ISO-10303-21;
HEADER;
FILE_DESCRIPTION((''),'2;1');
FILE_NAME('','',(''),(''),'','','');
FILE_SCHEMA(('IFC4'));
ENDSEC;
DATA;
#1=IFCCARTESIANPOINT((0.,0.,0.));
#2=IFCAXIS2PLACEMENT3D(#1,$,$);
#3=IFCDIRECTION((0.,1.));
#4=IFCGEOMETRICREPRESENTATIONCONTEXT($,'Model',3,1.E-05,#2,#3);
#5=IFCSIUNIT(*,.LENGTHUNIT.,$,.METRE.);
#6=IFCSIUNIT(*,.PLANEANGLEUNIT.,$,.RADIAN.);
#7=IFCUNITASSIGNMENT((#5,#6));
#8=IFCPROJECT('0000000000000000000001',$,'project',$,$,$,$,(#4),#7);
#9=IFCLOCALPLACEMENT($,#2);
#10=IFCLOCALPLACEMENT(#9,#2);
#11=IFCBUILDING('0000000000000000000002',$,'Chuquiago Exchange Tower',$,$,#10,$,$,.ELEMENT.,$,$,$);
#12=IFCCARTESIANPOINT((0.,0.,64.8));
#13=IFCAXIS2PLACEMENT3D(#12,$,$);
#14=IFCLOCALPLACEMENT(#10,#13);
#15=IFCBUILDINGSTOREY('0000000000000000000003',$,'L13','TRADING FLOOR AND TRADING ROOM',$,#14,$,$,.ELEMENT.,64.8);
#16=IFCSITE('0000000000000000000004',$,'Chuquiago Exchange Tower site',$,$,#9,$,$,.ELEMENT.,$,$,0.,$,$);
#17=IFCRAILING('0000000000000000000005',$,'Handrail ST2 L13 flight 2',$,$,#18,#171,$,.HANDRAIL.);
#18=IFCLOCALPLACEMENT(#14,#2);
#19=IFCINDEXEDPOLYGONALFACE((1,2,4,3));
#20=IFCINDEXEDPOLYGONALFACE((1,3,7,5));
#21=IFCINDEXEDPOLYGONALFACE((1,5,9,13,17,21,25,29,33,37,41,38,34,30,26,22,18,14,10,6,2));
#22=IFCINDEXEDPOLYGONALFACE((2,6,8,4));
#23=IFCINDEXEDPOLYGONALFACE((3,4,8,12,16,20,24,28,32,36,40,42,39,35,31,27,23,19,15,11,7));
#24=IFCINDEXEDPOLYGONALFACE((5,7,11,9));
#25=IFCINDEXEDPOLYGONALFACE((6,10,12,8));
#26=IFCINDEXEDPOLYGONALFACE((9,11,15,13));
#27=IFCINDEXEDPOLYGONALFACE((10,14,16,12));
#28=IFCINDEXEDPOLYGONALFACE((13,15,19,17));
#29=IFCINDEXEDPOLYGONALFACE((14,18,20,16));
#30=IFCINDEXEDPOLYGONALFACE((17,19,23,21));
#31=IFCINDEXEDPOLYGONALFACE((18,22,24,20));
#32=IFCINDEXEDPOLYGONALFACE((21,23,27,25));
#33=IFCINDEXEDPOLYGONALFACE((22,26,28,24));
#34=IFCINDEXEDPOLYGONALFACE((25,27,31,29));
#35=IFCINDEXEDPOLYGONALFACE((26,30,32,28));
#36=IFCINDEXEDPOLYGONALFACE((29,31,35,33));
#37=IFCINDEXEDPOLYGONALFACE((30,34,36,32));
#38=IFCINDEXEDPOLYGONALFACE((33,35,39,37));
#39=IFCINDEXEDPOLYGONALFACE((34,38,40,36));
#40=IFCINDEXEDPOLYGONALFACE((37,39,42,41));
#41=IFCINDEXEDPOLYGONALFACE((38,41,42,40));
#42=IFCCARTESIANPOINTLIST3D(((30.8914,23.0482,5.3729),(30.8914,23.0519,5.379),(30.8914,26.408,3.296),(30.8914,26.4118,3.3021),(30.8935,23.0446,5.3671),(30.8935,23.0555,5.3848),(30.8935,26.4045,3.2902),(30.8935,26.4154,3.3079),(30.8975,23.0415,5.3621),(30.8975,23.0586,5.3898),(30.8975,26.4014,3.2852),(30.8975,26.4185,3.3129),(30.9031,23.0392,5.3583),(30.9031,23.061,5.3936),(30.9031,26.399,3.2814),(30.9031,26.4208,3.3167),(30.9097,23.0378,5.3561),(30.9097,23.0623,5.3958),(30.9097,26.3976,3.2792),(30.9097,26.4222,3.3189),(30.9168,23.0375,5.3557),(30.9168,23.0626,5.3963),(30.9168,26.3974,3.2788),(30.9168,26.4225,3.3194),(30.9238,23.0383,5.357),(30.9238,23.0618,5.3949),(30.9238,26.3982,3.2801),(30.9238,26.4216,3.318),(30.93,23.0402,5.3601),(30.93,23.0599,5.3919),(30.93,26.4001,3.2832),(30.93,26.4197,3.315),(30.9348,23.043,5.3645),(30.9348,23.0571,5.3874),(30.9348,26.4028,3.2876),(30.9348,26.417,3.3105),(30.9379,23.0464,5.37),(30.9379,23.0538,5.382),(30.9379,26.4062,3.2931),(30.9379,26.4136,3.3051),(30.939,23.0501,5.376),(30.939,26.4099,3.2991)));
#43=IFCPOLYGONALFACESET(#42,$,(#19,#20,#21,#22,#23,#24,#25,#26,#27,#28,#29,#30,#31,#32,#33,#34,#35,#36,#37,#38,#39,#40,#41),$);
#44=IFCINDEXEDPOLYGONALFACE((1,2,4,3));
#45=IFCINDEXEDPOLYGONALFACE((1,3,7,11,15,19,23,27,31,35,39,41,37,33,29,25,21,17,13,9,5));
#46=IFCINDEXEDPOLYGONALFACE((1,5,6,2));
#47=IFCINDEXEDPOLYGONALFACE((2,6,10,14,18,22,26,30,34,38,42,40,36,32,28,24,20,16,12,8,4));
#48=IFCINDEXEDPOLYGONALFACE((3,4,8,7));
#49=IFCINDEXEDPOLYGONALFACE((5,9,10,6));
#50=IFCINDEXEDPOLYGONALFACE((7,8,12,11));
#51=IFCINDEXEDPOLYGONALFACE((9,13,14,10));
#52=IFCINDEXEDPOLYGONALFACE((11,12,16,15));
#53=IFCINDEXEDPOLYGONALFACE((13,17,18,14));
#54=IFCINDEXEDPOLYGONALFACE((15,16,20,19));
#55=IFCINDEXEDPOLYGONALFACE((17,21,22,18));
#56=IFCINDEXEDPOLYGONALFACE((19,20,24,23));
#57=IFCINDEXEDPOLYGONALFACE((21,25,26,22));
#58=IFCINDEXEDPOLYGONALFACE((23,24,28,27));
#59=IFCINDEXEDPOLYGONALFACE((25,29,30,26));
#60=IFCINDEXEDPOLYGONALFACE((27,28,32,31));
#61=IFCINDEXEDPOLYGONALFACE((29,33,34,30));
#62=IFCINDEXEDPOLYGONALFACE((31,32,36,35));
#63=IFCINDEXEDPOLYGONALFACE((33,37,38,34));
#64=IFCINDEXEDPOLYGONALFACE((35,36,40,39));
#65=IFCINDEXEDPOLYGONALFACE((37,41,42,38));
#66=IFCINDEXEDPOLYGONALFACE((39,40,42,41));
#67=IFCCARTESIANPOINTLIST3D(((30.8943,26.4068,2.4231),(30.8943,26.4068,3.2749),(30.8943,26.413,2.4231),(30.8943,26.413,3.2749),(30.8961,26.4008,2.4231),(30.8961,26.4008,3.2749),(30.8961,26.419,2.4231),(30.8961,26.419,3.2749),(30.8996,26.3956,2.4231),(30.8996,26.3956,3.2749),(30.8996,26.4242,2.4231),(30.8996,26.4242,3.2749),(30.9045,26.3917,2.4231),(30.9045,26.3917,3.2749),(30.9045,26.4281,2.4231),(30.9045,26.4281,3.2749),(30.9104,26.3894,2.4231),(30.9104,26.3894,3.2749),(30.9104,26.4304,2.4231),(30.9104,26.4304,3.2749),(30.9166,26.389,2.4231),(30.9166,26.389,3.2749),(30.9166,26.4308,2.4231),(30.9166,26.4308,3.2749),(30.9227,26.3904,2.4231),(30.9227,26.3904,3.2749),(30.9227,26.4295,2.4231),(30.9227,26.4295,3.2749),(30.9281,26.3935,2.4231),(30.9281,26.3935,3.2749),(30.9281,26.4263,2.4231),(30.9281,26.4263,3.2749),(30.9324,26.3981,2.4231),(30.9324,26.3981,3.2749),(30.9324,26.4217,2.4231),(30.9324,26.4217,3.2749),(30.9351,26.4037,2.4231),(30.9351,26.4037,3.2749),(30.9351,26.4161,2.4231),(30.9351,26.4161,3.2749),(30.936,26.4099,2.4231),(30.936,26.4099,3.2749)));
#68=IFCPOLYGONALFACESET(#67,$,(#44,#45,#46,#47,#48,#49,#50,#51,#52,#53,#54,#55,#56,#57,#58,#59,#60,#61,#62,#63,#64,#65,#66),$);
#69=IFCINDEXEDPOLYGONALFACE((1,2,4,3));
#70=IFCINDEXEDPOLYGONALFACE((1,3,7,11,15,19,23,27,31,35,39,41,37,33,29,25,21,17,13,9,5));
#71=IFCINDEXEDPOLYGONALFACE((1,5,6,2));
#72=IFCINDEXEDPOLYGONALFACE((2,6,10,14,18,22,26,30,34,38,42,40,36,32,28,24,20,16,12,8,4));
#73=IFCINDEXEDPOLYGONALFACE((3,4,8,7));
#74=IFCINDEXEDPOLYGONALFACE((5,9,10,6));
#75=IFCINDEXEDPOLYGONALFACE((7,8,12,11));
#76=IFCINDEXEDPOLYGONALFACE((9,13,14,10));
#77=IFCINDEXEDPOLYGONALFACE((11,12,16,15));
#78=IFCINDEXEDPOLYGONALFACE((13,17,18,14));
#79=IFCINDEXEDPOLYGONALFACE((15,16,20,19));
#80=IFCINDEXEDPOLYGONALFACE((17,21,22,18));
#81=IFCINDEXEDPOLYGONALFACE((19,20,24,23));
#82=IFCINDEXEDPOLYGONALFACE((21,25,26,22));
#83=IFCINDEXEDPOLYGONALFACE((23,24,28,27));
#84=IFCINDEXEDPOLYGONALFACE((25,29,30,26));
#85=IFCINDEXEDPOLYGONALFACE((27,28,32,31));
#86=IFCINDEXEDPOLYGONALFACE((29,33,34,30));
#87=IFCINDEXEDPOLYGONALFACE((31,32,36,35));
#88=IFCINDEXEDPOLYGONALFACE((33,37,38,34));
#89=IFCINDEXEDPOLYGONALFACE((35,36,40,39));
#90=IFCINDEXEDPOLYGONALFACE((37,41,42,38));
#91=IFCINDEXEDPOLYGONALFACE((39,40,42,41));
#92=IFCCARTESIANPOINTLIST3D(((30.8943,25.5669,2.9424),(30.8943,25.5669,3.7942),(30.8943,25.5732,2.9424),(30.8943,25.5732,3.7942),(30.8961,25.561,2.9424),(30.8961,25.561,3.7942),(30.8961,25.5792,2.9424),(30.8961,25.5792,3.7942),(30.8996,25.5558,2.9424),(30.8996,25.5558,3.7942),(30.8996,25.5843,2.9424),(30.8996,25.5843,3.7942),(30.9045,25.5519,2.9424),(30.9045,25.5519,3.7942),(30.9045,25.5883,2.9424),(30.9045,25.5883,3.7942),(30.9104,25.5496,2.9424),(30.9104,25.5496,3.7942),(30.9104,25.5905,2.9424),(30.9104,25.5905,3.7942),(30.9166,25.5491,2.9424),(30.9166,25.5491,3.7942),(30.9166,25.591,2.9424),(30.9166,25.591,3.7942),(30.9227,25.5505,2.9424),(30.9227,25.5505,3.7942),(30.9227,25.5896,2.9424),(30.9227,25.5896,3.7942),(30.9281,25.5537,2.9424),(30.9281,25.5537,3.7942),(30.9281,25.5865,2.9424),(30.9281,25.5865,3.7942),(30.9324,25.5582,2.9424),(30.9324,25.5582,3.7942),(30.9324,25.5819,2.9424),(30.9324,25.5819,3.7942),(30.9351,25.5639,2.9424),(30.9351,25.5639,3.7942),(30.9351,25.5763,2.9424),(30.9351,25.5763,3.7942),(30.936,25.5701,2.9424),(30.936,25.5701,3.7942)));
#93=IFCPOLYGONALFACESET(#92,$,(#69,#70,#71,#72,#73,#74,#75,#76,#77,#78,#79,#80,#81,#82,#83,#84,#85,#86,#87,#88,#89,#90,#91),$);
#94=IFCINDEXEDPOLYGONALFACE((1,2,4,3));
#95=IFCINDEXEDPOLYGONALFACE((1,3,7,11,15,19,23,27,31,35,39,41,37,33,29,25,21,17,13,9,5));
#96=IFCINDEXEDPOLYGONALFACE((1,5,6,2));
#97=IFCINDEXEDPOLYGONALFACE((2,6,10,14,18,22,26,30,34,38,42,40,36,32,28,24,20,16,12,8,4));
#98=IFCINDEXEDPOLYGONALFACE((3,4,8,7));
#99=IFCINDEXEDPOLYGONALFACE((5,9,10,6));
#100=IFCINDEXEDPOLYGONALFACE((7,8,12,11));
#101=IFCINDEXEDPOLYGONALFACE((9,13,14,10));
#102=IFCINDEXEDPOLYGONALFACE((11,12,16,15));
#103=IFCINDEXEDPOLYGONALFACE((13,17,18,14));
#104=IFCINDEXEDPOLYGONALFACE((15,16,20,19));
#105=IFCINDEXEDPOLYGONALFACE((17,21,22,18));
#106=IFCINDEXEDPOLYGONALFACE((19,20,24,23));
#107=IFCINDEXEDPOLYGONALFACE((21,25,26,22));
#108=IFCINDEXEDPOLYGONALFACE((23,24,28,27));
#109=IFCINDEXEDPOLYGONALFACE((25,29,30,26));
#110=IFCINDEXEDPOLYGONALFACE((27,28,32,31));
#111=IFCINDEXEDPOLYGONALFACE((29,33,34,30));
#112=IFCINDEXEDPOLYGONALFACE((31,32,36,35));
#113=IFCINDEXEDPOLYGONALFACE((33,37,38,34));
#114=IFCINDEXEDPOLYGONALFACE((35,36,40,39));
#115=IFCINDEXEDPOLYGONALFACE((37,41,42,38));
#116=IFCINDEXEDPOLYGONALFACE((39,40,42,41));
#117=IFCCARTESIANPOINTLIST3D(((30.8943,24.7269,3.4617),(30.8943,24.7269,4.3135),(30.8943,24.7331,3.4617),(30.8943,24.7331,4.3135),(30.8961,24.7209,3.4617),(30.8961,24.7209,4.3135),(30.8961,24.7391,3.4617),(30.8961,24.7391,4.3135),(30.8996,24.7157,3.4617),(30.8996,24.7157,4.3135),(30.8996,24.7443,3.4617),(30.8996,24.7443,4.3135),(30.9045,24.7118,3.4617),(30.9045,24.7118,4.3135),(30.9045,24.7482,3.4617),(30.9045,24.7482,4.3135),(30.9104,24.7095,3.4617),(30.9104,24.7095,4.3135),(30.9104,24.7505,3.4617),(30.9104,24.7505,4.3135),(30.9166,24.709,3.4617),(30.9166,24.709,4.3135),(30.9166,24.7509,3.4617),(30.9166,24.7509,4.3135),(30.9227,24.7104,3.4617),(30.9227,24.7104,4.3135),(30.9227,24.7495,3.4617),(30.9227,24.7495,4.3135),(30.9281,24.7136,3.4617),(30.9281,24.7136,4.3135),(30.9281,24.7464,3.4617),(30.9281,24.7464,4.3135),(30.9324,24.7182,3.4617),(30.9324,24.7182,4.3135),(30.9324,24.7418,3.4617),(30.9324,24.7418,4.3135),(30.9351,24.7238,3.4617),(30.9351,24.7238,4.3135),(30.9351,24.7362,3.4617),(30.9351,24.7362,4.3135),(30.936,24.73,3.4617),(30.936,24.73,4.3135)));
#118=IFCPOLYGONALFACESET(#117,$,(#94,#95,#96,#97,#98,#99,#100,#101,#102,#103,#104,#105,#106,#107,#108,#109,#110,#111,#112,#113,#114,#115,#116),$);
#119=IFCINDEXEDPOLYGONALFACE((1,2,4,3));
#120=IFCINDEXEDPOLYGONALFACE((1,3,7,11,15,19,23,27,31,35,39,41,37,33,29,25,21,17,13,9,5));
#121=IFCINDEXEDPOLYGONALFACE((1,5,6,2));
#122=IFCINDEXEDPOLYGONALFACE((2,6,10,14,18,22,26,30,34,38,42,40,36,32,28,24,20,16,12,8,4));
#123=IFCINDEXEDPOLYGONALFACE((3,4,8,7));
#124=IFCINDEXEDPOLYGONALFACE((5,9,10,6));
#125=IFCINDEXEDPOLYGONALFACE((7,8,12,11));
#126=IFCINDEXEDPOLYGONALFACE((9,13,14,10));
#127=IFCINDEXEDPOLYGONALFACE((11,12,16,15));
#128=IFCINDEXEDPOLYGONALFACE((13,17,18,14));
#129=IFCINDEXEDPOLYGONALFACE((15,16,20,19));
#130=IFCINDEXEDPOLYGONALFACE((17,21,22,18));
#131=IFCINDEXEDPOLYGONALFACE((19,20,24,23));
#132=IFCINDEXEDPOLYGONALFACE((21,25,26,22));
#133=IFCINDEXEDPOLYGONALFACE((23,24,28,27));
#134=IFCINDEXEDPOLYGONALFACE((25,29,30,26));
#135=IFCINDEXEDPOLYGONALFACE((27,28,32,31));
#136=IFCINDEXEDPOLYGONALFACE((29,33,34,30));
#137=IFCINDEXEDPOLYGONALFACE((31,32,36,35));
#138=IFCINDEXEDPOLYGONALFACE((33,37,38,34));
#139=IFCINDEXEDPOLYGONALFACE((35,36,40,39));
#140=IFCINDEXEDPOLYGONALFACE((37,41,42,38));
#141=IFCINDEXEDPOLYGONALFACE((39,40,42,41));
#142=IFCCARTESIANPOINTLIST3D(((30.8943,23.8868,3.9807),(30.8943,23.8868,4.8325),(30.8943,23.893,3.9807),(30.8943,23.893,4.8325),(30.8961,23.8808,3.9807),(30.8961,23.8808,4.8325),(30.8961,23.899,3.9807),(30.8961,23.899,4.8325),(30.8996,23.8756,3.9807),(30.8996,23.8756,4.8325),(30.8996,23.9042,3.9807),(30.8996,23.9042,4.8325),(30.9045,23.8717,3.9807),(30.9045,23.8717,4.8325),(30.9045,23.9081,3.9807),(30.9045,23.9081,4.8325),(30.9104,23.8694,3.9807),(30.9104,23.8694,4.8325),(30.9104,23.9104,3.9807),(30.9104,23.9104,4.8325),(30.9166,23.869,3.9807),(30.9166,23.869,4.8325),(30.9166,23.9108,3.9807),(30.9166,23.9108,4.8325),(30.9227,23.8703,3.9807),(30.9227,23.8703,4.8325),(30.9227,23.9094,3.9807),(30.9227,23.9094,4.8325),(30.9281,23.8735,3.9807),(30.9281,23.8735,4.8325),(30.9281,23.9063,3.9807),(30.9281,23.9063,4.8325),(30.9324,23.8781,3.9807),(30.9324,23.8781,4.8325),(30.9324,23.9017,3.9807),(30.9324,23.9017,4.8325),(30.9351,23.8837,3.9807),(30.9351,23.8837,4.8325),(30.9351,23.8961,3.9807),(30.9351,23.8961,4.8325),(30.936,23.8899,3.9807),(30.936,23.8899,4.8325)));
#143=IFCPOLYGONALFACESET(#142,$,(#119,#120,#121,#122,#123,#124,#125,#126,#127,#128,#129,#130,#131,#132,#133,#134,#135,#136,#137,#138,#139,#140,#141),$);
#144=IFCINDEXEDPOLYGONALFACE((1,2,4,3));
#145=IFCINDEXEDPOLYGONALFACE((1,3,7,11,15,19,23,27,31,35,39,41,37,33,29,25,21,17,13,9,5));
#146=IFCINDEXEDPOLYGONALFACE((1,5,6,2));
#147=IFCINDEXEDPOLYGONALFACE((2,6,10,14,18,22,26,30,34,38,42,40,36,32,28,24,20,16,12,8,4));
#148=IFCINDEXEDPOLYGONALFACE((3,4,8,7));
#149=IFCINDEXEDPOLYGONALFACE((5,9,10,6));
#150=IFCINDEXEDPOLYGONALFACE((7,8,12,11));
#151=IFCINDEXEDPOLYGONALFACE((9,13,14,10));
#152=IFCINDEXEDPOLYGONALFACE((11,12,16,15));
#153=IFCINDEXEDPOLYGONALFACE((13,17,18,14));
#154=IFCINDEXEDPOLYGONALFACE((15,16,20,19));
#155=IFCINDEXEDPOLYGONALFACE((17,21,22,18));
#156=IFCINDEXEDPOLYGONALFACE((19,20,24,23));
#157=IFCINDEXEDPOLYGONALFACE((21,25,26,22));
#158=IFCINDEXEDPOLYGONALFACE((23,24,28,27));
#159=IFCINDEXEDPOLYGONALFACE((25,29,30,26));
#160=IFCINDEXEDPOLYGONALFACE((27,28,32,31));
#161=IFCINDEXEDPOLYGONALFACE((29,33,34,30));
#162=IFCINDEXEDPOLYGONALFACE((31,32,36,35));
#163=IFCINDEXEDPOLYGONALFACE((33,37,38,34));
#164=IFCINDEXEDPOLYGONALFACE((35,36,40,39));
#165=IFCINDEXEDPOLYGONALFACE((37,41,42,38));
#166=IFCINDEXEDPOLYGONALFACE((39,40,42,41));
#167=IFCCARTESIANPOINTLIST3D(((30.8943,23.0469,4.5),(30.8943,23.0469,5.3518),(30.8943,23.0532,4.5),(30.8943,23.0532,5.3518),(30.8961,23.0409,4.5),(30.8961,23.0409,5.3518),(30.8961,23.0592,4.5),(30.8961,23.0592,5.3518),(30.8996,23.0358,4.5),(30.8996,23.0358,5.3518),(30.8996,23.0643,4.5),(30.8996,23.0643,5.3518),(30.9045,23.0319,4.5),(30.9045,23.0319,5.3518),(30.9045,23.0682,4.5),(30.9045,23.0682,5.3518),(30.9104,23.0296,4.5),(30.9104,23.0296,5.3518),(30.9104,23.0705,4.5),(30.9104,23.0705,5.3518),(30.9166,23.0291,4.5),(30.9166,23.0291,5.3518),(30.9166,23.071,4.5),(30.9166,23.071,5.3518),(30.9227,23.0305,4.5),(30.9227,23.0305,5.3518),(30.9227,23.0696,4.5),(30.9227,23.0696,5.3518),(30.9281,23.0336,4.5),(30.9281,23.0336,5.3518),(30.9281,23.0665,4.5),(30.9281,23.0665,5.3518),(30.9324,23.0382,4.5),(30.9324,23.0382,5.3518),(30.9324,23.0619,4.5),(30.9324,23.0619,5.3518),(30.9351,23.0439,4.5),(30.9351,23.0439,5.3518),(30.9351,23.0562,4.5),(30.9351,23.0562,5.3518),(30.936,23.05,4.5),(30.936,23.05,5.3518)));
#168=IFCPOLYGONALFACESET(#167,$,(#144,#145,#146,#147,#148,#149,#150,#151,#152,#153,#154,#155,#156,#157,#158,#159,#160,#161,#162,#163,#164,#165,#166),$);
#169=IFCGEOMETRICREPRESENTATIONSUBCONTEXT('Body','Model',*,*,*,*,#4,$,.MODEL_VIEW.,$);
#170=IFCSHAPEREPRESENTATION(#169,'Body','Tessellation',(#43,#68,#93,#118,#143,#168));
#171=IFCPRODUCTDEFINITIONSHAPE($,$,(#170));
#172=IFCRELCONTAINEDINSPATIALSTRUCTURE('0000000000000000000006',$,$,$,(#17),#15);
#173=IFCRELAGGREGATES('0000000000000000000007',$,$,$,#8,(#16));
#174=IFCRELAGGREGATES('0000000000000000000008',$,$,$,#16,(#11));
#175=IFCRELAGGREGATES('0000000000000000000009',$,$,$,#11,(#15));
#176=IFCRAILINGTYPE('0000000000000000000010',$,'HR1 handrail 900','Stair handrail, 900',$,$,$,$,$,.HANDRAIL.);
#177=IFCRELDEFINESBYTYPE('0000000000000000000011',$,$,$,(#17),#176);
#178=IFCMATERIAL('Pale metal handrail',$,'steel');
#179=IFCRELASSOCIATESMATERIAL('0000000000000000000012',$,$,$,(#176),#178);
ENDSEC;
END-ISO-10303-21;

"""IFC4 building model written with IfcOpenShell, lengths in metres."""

from ifc_helpers import new_model, si_unit, direction, frame, origin, origin_2d, place, context, subcontext, project, spatial, circle, extrude, material, type_object, element, save


model = new_model("IFC4")

# Units and contexts
model_context = context("Model", 3, precision=1e-05, world=origin(), true_north=direction((0.0, 1.0)))
body_context = subcontext(model_context, "Body", "Model", "MODEL_VIEW")
ifc_project = project(units=[si_unit("LENGTHUNIT", "METRE"), si_unit("PLANEANGLEUNIT", "RADIAN")], contexts=[model_context])

# Site, building, storey
site_placement = place(None, origin())
site = spatial("IfcSite", under=ifc_project, at=site_placement, Name="Chuquiago Exchange Tower site", CompositionType="ELEMENT", RefElevation=0.0)
building_placement = place(site_placement, origin())
building = spatial("IfcBuilding", under=site, at=building_placement, Name="Chuquiago Exchange Tower", CompositionType="ELEMENT")
storey_placement = place(building_placement, frame((0.0, 0.0, 64.8)))
storey = spatial("IfcBuildingStorey", under=building, at=storey_placement, Name="L13", Description="TRADING FLOOR AND TRADING ROOM", CompositionType="ELEMENT", Elevation=64.8)

# Railing
ifc_material_1 = material(Name="Pale metal handrail", Category="steel")
railing_type_1 = type_object("IfcRailingType", Name="HR1 handrail 900", Description="Stair handrail, 900", PredefinedType="HANDRAIL", material=ifc_material_1)
for number, where, name in (
    (1, (30.915, 26.4099, 2.4231), "Handrail ST2 L13 flight 2"),
):
    element("IfcRailing", number, at=place(storey_placement, frame(where)), inside=storey, type_object=railing_type_1, Name=name, PredefinedType="HANDRAIL", context=body_context, shape_type="SweptSolid", body=[
        extrude(circle(Radius=0.0239, at=origin_2d()), frame((0.0, 0.0, 0.876), z_axis=(0.0, -0.850606, 0.525803), x_axis=(1.0, 0.0, 0.0)), (0.0, 0.0, 1.0), 3.95),
        extrude(circle(Radius=0.021, at=origin_2d()), origin(), (0.0, 0.0, 1.0), 0.8518),
        extrude(circle(Radius=0.021, at=origin_2d()), frame((0.0, -0.8398, 0.5193)), (0.0, 0.0, 1.0), 0.8518),
        extrude(circle(Radius=0.021, at=origin_2d()), frame((0.0, -1.6799, 1.0386)), (0.0, 0.0, 1.0), 0.8518),
        extrude(circle(Radius=0.021, at=origin_2d()), frame((0.0, -2.52, 1.5576)), (0.0, 0.0, 1.0), 0.8518),
        extrude(circle(Radius=0.021, at=origin_2d()), frame((0.0, -3.3599, 2.0769)), (0.0, 0.0, 1.0), 0.8518),
    ])

save(model, "model.ifc")
